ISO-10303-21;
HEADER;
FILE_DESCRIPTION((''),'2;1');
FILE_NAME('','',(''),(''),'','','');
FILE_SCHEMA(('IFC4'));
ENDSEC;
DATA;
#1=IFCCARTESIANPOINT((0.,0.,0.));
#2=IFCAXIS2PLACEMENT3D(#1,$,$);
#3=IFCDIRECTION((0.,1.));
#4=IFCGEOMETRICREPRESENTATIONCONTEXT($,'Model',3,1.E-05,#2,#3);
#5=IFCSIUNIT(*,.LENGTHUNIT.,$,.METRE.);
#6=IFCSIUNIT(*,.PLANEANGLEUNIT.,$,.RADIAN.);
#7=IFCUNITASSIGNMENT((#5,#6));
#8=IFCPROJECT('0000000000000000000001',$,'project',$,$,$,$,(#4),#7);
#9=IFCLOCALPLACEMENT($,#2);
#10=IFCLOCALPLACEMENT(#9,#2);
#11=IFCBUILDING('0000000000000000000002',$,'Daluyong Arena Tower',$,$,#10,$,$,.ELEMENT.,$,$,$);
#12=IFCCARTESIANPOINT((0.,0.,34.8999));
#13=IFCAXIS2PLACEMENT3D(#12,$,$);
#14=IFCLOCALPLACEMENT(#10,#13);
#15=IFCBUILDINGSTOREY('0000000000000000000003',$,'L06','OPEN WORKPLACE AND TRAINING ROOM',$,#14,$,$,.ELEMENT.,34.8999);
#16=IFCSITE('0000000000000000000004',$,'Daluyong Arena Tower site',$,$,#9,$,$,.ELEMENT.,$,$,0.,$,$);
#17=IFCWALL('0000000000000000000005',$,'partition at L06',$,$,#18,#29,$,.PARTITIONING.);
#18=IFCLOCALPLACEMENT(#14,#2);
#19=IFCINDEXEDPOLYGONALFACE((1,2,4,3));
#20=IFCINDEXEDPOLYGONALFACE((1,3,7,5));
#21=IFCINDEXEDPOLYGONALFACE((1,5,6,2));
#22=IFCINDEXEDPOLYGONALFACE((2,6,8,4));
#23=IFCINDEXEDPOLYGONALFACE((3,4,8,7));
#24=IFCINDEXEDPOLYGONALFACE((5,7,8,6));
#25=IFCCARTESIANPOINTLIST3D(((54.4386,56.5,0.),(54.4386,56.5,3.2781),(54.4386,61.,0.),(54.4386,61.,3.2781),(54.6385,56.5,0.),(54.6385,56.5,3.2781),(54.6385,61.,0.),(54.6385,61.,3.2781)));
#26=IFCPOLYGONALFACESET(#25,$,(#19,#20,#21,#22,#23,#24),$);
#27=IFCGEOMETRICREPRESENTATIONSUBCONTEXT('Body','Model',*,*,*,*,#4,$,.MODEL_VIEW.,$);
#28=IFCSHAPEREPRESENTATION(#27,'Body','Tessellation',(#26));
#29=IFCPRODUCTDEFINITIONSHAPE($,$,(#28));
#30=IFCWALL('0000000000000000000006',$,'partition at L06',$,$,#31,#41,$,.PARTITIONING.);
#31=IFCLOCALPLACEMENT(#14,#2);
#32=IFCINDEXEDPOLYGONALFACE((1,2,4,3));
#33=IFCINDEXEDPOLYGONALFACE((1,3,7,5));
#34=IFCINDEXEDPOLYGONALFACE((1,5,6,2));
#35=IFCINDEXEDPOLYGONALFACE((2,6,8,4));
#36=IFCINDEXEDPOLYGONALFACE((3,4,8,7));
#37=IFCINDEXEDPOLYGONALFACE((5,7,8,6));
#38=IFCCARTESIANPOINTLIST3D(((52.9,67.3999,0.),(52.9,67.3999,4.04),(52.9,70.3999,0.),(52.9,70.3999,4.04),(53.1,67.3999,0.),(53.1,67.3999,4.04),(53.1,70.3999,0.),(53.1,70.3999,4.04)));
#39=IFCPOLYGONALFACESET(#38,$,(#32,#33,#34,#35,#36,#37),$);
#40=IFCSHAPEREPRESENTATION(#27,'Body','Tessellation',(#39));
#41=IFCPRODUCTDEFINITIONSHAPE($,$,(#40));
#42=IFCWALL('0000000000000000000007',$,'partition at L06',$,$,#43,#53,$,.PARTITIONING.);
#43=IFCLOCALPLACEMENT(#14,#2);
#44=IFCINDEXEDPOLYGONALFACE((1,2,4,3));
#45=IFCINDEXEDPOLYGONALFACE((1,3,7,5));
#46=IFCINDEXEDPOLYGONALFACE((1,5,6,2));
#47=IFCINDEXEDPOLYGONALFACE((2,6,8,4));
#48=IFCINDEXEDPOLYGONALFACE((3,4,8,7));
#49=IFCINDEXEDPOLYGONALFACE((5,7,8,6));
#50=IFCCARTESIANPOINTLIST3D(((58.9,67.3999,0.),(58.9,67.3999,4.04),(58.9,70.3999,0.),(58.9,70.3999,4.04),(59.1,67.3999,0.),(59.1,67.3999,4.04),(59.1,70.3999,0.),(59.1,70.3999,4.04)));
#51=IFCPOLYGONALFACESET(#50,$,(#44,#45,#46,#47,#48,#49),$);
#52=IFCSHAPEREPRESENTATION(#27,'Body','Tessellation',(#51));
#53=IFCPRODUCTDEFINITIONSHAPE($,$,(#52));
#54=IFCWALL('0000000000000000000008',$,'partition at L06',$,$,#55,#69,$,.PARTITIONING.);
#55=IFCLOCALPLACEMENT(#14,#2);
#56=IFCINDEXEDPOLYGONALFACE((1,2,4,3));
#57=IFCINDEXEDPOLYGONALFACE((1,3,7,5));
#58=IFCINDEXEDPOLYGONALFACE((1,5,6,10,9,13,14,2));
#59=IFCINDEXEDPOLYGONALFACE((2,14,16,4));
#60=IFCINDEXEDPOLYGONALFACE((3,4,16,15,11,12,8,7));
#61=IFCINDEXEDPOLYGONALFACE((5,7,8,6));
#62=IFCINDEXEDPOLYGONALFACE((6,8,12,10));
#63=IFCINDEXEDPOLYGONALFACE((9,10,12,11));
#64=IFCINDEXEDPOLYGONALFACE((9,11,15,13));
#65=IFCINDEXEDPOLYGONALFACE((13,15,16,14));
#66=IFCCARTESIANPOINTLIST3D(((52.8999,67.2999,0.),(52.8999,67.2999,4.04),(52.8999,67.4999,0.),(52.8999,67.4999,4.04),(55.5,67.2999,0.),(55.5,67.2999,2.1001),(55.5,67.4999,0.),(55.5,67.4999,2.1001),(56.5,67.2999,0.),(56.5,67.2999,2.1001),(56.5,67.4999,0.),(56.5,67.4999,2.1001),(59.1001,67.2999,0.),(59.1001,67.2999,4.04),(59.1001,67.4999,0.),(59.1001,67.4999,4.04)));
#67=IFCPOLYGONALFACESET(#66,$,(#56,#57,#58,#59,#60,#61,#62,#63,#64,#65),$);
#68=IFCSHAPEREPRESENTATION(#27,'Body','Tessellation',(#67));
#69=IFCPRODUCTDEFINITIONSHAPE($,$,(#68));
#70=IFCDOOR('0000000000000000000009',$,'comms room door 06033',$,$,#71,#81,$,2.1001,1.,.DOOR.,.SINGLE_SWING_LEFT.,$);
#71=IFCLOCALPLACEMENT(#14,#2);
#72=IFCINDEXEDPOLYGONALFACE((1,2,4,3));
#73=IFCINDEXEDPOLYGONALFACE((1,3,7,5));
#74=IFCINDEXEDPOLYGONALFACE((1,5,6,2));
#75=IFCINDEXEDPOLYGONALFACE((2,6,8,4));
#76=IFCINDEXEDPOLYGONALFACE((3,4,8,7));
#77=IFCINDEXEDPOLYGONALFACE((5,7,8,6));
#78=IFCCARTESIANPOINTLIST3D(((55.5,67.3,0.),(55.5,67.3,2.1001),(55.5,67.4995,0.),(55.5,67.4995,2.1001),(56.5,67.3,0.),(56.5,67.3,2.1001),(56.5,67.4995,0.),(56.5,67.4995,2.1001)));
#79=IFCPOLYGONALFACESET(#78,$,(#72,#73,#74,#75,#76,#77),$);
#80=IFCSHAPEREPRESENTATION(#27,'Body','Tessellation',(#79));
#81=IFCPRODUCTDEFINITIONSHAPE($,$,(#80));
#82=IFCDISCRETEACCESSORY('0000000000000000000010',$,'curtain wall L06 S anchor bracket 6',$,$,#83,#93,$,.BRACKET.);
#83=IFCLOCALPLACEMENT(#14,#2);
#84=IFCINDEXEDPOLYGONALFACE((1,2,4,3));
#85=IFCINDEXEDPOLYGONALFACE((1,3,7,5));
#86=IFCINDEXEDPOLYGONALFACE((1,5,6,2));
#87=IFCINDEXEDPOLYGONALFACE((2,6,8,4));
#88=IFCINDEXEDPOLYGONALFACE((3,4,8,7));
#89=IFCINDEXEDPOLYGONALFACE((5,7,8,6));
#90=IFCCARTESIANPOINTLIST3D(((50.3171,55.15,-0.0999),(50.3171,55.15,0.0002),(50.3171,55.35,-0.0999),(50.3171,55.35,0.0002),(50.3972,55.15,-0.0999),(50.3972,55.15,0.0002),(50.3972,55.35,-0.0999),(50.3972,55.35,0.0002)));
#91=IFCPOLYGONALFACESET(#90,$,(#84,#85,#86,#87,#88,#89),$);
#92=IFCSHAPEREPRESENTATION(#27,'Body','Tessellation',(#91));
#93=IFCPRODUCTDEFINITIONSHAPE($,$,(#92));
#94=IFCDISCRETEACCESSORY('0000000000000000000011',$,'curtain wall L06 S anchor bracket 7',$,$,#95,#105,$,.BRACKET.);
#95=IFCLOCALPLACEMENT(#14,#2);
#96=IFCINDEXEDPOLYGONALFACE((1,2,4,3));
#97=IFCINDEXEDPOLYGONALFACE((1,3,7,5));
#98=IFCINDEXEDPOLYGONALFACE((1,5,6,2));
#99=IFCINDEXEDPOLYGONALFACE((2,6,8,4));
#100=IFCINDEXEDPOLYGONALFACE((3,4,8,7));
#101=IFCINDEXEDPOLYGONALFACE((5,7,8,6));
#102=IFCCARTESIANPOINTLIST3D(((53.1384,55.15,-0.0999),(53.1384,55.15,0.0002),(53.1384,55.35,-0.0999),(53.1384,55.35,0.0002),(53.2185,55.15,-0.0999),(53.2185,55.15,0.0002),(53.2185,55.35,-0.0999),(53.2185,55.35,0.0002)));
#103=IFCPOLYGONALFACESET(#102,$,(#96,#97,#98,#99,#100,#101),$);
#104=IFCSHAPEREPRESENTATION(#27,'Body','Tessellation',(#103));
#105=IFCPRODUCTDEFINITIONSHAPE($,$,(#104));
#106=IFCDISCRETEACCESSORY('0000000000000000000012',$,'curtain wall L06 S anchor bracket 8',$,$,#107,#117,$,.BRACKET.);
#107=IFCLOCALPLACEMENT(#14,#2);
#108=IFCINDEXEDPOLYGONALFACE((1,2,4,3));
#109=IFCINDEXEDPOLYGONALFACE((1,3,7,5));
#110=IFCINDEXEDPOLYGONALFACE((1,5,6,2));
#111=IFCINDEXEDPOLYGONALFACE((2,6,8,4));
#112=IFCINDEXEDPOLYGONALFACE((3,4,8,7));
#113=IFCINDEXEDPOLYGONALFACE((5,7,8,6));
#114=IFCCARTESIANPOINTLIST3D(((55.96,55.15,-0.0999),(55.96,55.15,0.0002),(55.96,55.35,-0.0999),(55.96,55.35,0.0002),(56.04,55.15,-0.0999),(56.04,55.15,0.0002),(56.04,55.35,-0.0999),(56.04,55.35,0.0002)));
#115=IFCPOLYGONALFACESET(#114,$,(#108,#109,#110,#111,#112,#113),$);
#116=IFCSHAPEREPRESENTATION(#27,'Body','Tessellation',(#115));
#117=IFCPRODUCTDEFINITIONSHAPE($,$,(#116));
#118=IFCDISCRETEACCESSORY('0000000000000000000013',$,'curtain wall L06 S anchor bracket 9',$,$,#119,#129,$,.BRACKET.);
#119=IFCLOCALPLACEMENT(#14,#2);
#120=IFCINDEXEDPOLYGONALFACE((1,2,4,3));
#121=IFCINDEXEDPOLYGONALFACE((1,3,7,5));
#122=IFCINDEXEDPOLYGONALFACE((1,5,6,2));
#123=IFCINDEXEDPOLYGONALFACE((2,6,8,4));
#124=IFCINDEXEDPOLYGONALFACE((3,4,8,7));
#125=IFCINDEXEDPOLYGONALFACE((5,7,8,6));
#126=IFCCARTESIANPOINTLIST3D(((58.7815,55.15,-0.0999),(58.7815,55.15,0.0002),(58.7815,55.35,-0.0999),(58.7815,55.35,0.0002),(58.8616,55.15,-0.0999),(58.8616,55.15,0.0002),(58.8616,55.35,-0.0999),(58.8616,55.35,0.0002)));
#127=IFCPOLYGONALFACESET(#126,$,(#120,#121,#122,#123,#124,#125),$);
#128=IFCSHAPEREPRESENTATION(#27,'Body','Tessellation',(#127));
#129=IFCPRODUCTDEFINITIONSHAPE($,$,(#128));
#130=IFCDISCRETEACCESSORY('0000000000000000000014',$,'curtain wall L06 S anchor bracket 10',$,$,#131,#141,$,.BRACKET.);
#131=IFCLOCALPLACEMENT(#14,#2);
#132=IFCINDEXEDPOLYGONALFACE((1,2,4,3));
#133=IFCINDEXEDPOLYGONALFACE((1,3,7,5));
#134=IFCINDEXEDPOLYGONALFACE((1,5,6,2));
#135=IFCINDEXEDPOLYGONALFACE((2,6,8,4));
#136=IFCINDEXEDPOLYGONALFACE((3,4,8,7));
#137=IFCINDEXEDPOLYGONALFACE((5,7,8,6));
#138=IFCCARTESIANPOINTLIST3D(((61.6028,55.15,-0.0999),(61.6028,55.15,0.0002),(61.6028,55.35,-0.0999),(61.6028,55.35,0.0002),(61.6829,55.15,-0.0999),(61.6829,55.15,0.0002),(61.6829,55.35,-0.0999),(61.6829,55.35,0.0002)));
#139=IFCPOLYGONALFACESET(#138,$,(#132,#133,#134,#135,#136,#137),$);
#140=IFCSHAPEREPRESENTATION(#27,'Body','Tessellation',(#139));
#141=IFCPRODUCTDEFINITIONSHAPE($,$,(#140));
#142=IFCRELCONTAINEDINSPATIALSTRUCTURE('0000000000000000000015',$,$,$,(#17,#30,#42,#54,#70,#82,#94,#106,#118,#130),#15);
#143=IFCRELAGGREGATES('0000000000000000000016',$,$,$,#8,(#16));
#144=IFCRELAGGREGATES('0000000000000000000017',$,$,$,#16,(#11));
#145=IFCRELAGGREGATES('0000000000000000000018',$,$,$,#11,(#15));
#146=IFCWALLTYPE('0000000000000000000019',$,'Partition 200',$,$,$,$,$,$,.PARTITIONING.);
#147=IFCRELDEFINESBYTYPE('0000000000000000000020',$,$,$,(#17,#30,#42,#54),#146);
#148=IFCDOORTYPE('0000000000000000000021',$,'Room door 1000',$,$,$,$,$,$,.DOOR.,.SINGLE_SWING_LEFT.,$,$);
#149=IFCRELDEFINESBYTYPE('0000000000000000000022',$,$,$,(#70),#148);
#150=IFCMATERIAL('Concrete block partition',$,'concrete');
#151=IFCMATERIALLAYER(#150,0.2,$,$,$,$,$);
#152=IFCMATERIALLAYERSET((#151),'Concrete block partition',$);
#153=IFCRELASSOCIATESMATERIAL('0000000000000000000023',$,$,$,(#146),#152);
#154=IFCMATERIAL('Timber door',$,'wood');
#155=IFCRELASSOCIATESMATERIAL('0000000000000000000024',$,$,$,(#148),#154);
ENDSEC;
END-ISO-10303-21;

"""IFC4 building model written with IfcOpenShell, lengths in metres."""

from ifc_helpers import new_model, si_unit, direction, frame, frame_2d, origin, origin_2d, place, context, subcontext, project, spatial, rectangle, extrude, material, layer, layer_set, type_object, element, fill, save


model = new_model("IFC4")

# Units and contexts
model_context = context("Model", 3, precision=1e-05, world=origin(), true_north=direction((0.0, 1.0)))
body_context = subcontext(model_context, "Body", "Model", "MODEL_VIEW")
ifc_project = project(units=[si_unit("LENGTHUNIT", "METRE"), si_unit("PLANEANGLEUNIT", "RADIAN")], contexts=[model_context])

# Site, building, storey
site_placement = place(None, origin())
site = spatial("IfcSite", under=ifc_project, at=site_placement, Name="Daluyong Arena Tower site", CompositionType="ELEMENT", RefElevation=0.0)
building_placement = place(site_placement, origin())
building = spatial("IfcBuilding", under=site, at=building_placement, Name="Daluyong Arena Tower", CompositionType="ELEMENT")
storey_placement = place(building_placement, frame((0.0, 0.0, 34.8999)))
storey = spatial("IfcBuildingStorey", under=building, at=storey_placement, Name="L06", Description="OPEN WORKPLACE AND TRAINING ROOM", CompositionType="ELEMENT", Elevation=34.8999)

# Walls
ifc_material_1 = material(Name="Concrete block partition", Category="concrete")
ifc_layer_1 = layer(ifc_material_1, 0.2)
ifc_layer_set_1 = layer_set([ifc_layer_1], Name="Concrete block partition")
wall_type_1 = type_object("IfcWallType", Name="Partition 200", PredefinedType="PARTITIONING", material=ifc_layer_set_1)
wall_1_placement = place(storey_placement, frame((54.5386, 56.5, 0.0), z_axis=(0.0, 0.0, 1.0), x_axis=(0.0, 1.0, 0.0)))
element("IfcWall", 1, at=wall_1_placement, inside=storey, type_object=wall_type_1, Name="partition at L06", PredefinedType="PARTITIONING", context=body_context, shape_type="SweptSolid", body=[
    extrude(rectangle(XDim=4.5, YDim=0.2, at=frame_2d((2.25, 0.0))), origin(), (0.0, 0.0, 1.0), 3.2781),
])
for number, where, z_axis, x_axis, name in (
    (2, (53.0, 67.3999, 0.0), (0.0, 0.0, 1.0), (0.0, 1.0, 0.0), "partition at L06"),
    (3, (59.0, 67.3999, 0.0), (0.0, 0.0, 1.0), (0.0, 1.0, 0.0), "partition at L06"),
):
    element("IfcWall", number, at=place(storey_placement, frame(where, z_axis=z_axis, x_axis=x_axis)), inside=storey, type_object=wall_type_1, Name=name, PredefinedType="PARTITIONING", context=body_context, shape_type="SweptSolid", body=[
        extrude(rectangle(XDim=3.0, YDim=0.2, at=frame_2d((1.5, 0.0))), origin(), (0.0, 0.0, 1.0), 4.04),
    ])

# Wall, opening, door
wall_2_placement = place(storey_placement, frame((52.8999, 67.3999, 0.0), z_axis=(0.0, 0.0, 1.0), x_axis=(1.0, 0.0, 0.0)))
wall_2 = element("IfcWall", 4, at=wall_2_placement, inside=storey, type_object=wall_type_1, Name="partition at L06", PredefinedType="PARTITIONING", context=body_context, shape_type="SweptSolid", body=[
    extrude(rectangle(XDim=6.2002, YDim=0.2, at=frame_2d((3.1001, 0.0))), origin(), (0.0, 0.0, 1.0), 4.04),
])
opening_placement = place(wall_2_placement, frame((2.6001, 0.0, 0.0)))
opening = element("IfcOpeningElement", 5, at=opening_placement, cuts=wall_2, PredefinedType="OPENING", context=body_context, shape_type="SweptSolid", body=[
    extrude(rectangle(XDim=1.0, YDim=2.1001, at=frame_2d((0.5, 1.05))), frame((0.0, 0.1099, 0.0), z_axis=(0.0, -1.0, 0.0), x_axis=(1.0, 0.0, 0.0)), (0.0, 0.0, 1.0), 0.22),
])
ifc_material_2 = material(Name="Timber door", Category="wood")
door_type = type_object("IfcDoorType", Name="Room door 1000", OperationType="SINGLE_SWING_LEFT", PredefinedType="DOOR", material=ifc_material_2)
door_placement = place(opening_placement, origin())
door = element("IfcDoor", 6, at=door_placement, inside=storey, type_object=door_type, Name="comms room door 06033", OperationType="SINGLE_SWING_LEFT", OverallHeight=2.1001, OverallWidth=1.0, PredefinedType="DOOR", context=body_context, shape_type="SweptSolid", body=[
    extrude(rectangle(XDim=1.0, YDim=2.1001, at=frame_2d((0.5, 1.05))), frame((0.0, 0.0996, 0.0), z_axis=(0.0, -1.0, 0.0), x_axis=(1.0, 0.0, 0.0)), (0.0, 0.0, 1.0), 0.1995),
])
fill(opening, door)

# Discrete accessories
for number, where, z_axis, x_axis, name in (
    (7, (50.3572, 55.25, -0.0999), (0.0, 0.0, 1.0), (1.0, 0.0, 0.0), "curtain wall L06 S anchor bracket 6"),
    (8, (53.1785, 55.25, -0.0999), (0.0, 0.0, 1.0), (1.0, 0.0, 0.0), "curtain wall L06 S anchor bracket 7"),
    (9, (56.0, 55.25, -0.0999), (0.0, 0.0, 1.0), (1.0, 0.0, 0.0), "curtain wall L06 S anchor bracket 8"),
    (10, (58.8215, 55.25, -0.0999), (0.0, 0.0, 1.0), (1.0, 0.0, 0.0), "curtain wall L06 S anchor bracket 9"),
    (11, (61.6428, 55.25, -0.0999), (0.0, 0.0, 1.0), (1.0, 0.0, 0.0), "curtain wall L06 S anchor bracket 10"),
):
    element("IfcDiscreteAccessory", number, at=place(storey_placement, frame(where, z_axis=z_axis, x_axis=x_axis)), inside=storey, Name=name, PredefinedType="BRACKET", context=body_context, shape_type="SweptSolid", body=[
        extrude(rectangle(XDim=0.0801, YDim=0.2, at=origin_2d()), origin(), (0.0, 0.0, 1.0), 0.1001),
    ])

save(model, "model.ifc")
